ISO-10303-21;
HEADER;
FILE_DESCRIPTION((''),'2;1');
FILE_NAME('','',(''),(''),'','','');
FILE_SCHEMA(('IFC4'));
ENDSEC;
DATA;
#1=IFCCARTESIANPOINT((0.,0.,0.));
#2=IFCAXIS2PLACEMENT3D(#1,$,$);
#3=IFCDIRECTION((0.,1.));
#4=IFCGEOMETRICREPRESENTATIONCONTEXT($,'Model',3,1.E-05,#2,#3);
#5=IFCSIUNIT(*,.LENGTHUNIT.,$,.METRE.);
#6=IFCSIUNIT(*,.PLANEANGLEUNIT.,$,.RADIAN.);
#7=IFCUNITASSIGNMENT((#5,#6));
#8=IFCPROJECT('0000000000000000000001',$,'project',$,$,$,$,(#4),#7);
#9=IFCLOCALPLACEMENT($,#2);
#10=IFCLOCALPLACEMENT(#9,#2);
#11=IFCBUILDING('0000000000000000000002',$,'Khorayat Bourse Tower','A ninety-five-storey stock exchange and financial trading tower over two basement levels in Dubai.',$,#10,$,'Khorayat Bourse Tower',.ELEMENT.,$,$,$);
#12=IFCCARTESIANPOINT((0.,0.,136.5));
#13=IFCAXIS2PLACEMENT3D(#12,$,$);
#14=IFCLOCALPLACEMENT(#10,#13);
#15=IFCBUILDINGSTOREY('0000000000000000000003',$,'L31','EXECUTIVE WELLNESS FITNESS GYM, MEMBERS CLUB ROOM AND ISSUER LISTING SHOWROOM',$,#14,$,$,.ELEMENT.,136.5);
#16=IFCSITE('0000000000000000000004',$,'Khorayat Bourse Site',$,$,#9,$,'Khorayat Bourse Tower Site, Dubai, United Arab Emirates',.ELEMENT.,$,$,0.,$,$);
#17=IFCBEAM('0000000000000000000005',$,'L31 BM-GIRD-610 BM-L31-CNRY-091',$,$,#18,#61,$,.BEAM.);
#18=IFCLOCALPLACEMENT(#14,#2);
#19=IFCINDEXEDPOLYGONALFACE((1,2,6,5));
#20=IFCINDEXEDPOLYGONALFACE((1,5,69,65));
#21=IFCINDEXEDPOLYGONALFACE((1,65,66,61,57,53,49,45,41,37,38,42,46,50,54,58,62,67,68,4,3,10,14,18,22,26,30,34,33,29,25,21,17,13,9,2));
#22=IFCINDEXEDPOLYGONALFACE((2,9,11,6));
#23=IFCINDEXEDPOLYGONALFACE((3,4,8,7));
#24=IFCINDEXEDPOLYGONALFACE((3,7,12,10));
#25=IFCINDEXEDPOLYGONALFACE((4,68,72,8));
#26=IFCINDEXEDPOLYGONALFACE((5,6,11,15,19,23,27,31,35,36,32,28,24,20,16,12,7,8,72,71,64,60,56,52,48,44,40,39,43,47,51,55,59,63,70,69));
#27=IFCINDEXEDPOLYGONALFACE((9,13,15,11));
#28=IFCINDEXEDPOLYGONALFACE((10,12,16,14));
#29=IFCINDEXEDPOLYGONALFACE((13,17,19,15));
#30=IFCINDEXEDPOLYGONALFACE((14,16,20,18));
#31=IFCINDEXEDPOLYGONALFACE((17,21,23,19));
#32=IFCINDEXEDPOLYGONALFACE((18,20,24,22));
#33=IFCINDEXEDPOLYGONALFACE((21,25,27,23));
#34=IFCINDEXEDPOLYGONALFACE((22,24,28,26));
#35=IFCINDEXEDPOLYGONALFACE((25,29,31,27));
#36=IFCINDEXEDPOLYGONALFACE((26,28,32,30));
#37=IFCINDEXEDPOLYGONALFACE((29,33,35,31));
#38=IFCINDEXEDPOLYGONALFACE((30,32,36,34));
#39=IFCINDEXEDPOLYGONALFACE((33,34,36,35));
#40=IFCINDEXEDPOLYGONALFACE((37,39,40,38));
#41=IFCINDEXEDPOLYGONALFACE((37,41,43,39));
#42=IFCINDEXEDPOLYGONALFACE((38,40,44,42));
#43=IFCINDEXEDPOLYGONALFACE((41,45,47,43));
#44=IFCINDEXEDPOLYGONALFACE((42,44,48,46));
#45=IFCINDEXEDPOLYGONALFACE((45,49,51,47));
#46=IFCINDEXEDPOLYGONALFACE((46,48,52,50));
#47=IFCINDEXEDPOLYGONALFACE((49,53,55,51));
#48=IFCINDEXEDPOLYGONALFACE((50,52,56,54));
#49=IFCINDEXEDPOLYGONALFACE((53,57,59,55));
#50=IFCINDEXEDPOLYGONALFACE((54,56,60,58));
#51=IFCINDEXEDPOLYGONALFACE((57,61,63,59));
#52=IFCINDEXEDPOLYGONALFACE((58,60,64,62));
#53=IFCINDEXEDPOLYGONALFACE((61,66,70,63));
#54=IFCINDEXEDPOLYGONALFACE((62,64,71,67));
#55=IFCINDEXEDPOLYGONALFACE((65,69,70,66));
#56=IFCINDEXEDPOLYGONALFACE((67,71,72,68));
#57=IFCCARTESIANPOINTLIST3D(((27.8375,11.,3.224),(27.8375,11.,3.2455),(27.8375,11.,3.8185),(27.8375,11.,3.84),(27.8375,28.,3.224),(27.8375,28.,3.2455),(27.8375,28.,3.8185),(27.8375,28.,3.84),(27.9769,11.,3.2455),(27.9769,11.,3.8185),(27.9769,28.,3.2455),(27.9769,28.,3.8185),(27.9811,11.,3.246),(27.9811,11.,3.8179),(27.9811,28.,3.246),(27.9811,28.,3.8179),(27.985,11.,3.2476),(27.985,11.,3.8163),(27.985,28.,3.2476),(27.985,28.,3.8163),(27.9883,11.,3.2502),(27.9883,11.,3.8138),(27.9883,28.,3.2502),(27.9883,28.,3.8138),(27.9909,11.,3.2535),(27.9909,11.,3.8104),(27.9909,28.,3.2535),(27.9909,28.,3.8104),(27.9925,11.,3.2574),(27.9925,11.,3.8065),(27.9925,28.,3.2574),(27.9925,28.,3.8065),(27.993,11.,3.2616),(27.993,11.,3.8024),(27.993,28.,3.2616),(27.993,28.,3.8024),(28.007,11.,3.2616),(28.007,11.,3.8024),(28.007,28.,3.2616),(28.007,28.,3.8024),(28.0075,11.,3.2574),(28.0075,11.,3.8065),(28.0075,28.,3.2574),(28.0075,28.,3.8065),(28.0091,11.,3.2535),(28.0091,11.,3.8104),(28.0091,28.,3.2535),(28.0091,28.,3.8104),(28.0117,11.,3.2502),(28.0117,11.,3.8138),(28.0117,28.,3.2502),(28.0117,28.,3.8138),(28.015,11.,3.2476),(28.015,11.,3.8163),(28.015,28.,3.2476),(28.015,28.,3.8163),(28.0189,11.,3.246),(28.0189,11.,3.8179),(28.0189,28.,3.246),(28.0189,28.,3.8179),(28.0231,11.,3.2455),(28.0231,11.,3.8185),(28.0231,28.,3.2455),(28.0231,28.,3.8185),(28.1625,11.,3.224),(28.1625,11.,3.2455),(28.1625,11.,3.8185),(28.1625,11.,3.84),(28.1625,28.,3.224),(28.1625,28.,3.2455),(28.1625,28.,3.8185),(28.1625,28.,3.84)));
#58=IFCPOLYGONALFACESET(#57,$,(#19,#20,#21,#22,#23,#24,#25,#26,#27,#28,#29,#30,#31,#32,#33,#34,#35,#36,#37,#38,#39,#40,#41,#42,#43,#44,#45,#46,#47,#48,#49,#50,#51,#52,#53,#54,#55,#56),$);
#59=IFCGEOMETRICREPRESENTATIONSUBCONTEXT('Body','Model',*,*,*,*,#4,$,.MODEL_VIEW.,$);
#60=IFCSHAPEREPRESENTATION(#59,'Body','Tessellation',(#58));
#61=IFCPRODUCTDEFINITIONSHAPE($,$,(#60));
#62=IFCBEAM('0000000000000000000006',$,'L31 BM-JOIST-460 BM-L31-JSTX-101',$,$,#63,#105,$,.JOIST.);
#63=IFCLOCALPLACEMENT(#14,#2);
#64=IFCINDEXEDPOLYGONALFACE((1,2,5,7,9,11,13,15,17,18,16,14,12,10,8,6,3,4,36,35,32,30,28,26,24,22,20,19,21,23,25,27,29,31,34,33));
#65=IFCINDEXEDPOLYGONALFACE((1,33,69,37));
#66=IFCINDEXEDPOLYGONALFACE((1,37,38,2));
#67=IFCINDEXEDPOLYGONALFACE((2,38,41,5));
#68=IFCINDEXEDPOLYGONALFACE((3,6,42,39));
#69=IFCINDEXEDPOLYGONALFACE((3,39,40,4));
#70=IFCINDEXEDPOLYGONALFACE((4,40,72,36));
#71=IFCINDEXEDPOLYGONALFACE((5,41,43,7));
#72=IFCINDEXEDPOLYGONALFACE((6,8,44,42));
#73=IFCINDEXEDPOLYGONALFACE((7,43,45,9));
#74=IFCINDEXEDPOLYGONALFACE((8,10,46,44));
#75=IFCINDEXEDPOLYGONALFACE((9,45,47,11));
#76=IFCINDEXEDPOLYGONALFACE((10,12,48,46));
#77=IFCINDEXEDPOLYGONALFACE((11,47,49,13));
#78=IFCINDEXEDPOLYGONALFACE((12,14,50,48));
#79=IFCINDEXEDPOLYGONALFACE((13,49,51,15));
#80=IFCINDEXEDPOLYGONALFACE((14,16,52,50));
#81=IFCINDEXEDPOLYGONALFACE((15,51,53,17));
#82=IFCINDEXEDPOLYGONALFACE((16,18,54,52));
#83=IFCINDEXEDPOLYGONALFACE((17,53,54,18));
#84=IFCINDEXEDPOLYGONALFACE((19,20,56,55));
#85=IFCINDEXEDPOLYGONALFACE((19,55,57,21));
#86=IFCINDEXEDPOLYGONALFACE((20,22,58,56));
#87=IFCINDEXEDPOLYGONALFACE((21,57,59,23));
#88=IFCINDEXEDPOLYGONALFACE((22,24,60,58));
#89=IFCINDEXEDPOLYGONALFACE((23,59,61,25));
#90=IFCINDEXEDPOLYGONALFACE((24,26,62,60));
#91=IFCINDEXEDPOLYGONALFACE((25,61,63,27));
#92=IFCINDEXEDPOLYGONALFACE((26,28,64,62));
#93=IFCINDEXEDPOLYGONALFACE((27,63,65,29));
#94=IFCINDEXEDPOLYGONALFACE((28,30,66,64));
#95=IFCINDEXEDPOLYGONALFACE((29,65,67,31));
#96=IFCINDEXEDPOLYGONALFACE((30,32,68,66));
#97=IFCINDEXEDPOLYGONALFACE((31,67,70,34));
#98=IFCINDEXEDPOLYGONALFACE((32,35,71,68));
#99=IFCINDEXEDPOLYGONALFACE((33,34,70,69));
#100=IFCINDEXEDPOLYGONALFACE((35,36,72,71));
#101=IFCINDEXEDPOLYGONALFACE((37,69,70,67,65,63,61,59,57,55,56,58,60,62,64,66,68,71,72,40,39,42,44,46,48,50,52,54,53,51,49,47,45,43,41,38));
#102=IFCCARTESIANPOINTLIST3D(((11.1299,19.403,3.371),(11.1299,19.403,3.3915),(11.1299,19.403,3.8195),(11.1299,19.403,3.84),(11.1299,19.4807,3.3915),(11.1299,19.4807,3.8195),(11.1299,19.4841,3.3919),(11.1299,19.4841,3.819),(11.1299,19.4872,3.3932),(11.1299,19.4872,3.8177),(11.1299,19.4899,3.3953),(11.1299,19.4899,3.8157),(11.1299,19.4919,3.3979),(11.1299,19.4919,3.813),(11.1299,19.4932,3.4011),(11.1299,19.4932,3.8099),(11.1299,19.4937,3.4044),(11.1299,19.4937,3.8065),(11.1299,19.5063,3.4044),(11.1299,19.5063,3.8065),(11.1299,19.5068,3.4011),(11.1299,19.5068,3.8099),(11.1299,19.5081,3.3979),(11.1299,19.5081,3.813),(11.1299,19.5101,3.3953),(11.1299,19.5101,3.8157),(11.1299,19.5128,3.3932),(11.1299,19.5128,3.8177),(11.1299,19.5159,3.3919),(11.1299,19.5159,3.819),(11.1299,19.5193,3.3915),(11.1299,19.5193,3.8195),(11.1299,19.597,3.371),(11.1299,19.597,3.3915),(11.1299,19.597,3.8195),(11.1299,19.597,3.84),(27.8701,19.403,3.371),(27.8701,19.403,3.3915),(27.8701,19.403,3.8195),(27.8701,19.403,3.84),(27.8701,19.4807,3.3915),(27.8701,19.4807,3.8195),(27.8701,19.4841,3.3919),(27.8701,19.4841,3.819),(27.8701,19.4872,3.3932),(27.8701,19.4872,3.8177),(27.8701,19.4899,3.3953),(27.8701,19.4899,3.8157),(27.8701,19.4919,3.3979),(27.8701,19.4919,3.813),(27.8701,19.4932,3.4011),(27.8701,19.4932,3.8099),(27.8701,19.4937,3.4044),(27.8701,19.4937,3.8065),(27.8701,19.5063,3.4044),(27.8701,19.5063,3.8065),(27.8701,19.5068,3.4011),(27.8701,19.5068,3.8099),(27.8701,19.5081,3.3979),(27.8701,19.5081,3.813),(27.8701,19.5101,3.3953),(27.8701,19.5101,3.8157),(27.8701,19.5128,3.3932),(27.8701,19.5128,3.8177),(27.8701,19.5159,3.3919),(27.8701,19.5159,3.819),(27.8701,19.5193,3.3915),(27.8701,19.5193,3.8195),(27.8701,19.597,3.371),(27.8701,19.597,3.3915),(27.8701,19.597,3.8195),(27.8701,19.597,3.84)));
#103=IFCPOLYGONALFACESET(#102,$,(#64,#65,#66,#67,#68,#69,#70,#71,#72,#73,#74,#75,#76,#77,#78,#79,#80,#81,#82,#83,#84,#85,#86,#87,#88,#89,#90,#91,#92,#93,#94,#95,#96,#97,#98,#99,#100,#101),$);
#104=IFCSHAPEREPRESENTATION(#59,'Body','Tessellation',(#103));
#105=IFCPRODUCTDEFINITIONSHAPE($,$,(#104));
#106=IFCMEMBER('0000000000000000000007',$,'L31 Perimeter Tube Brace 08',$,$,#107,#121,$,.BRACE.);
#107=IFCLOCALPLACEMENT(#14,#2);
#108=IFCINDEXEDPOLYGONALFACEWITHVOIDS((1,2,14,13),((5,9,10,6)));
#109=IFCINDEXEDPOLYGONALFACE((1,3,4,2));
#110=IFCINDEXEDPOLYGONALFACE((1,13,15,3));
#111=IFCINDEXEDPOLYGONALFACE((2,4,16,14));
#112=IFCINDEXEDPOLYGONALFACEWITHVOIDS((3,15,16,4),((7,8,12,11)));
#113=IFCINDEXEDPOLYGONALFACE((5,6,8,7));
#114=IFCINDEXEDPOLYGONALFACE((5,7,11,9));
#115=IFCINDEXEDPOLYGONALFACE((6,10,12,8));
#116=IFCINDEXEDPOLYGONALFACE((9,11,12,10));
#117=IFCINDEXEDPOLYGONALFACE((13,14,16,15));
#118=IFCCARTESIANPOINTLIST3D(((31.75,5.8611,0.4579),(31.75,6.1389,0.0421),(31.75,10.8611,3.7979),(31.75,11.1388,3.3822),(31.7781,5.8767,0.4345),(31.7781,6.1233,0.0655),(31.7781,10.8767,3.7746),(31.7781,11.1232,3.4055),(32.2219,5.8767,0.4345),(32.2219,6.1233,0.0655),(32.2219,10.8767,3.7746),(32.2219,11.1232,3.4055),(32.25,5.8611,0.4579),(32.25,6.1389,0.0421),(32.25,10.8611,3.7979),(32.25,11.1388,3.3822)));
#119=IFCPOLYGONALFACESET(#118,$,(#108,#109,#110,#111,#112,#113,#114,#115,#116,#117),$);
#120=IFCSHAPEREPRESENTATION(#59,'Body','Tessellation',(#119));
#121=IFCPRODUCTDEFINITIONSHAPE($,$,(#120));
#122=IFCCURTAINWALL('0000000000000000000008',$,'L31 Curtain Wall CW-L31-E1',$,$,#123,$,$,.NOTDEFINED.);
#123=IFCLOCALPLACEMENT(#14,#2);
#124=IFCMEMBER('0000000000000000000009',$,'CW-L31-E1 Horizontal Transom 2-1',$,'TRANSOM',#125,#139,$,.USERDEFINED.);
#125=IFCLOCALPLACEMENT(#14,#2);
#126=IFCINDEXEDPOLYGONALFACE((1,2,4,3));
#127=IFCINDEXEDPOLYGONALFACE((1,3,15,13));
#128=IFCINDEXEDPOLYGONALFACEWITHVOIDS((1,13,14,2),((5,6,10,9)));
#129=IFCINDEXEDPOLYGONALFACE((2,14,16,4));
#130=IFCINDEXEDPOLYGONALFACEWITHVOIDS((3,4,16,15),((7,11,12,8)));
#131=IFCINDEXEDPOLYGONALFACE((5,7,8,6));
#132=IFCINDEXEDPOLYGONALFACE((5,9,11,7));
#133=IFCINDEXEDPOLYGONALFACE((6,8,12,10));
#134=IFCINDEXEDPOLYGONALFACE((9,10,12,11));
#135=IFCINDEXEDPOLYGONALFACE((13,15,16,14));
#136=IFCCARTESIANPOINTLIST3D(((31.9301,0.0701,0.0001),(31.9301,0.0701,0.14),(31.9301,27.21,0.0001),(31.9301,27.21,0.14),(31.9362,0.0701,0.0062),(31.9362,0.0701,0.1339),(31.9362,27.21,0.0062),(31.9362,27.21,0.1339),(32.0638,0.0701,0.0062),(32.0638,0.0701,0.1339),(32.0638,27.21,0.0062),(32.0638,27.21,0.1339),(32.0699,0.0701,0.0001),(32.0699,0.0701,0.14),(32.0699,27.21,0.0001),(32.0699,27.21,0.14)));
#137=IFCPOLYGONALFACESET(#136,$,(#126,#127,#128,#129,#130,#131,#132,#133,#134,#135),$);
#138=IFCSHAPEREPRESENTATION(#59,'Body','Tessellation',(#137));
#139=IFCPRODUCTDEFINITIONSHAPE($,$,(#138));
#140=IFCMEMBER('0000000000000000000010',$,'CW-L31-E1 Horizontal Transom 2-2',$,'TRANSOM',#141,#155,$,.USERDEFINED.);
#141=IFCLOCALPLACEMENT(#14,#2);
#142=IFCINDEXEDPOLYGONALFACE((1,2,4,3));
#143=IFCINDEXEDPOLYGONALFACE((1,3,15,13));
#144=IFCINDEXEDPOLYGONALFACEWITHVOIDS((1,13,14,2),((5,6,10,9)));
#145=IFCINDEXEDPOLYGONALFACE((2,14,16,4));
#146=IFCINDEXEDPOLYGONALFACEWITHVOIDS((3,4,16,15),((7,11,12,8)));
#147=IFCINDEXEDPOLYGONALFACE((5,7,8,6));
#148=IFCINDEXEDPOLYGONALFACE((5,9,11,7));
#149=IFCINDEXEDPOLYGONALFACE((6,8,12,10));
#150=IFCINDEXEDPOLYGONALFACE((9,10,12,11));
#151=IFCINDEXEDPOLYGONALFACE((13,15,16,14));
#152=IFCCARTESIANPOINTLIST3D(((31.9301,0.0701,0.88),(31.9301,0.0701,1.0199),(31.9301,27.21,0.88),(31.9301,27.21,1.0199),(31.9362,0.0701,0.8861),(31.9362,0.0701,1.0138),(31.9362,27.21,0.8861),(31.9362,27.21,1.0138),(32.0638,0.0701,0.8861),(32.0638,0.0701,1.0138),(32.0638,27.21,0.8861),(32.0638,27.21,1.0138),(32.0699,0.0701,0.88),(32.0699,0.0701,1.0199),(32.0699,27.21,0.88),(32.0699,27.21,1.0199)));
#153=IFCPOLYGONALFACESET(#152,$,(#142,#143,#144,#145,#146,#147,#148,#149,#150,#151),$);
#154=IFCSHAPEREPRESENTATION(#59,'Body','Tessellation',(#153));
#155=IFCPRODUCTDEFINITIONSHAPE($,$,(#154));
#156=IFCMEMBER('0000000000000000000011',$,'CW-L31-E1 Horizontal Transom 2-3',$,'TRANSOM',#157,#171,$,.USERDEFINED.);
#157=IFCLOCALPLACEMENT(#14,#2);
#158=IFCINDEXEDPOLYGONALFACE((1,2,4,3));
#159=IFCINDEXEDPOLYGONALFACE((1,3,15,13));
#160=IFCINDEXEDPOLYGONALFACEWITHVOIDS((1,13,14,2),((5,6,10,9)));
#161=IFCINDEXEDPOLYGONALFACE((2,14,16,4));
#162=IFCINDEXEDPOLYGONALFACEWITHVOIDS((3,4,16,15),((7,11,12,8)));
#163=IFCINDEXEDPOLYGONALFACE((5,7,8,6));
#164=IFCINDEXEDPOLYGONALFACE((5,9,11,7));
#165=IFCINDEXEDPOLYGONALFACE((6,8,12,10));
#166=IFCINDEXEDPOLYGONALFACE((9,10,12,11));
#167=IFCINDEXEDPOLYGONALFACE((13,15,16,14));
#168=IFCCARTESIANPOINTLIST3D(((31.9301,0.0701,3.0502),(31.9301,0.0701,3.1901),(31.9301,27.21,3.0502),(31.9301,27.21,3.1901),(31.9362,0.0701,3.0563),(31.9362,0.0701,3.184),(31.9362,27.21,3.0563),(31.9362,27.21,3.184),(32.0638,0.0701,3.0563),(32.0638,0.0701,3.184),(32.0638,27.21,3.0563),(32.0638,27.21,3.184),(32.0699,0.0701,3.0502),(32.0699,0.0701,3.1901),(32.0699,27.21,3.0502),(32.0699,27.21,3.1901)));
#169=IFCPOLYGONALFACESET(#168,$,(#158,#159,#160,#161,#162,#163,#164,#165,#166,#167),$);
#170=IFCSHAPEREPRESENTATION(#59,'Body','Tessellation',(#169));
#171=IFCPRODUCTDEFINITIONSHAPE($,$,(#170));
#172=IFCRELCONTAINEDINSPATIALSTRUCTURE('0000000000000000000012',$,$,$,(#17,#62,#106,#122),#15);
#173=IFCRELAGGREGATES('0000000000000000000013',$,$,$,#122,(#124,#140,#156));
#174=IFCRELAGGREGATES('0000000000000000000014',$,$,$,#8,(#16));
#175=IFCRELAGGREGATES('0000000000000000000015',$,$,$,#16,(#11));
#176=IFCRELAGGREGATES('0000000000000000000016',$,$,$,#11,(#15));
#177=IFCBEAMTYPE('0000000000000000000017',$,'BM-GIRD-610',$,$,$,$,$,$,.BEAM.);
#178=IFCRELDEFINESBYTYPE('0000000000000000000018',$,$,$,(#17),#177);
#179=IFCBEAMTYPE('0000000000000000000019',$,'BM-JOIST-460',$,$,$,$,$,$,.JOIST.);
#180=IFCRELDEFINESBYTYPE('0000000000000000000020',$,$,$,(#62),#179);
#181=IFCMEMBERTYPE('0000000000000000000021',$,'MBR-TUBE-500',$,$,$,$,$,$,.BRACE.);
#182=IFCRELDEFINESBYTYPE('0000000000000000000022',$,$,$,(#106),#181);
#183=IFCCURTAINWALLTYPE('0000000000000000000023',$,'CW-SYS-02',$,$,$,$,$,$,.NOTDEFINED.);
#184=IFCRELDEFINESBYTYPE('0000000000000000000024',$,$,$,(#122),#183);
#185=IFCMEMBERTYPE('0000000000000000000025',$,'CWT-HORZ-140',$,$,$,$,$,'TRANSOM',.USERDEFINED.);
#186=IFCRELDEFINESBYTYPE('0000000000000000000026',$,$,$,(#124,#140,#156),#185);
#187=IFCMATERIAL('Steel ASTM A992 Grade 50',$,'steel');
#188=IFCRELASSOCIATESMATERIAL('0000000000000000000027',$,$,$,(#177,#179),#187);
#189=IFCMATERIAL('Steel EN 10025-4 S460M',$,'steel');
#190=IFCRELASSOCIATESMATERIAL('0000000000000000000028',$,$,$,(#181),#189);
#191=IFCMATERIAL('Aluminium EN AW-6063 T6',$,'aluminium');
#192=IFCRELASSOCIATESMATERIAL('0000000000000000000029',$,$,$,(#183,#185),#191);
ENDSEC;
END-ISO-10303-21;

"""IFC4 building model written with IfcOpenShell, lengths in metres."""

from ifc_helpers import new_model, si_unit, direction, frame, origin, origin_2d, place, context, subcontext, project, spatial, hollow_rectangle, i_section, extrude, source, transform, mapped, material, material_profile, profile_set, type_object, element, aggregate, save


model = new_model("IFC4")

# Units and contexts
model_context = context("Model", 3, precision=1e-05, world=origin(), true_north=direction((0.0, 1.0)))
body_context = subcontext(model_context, "Body", "Model", "MODEL_VIEW")
ifc_project = project(units=[si_unit("LENGTHUNIT", "METRE"), si_unit("PLANEANGLEUNIT", "RADIAN")], contexts=[model_context])

# Site, building, storey
site_placement = place(None, origin())
site = spatial("IfcSite", under=ifc_project, at=site_placement, Name="Khorayat Bourse Site", LongName="Khorayat Bourse Tower Site, Dubai, United Arab Emirates", CompositionType="ELEMENT", RefElevation=0.0)
building_placement = place(site_placement, origin())
building = spatial("IfcBuilding", under=site, at=building_placement, Name="Khorayat Bourse Tower", Description="A ninety-five-storey stock exchange and financial trading tower over two basement levels in Dubai.", LongName="Khorayat Bourse Tower", CompositionType="ELEMENT")
storey_placement = place(building_placement, frame((0.0, 0.0, 136.5)))
storey = spatial("IfcBuildingStorey", under=building, at=storey_placement, Name="L31", Description="EXECUTIVE WELLNESS FITNESS GYM, MEMBERS CLUB ROOM AND ISSUER LISTING SHOWROOM", CompositionType="ELEMENT", Elevation=136.5)

# Shared definitions
ifc_material_1 = material(Name="Steel EN 10025-4 S460M", Category="steel")

# Beams
ifc_material_2 = material(Name="Steel ASTM A992 Grade 50", Category="steel")
ifc_material_profile_1 = material_profile(ifc_material_2, i_section(OverallWidth=0.325, OverallDepth=0.616, WebThickness=0.0139, FlangeThickness=0.0215, FilletRadius=0.0161, at=origin_2d()), Name="W610X174")
ifc_profile_set_1 = profile_set([ifc_material_profile_1], Name="Steel ASTM A992 Grade 50")
beam_type_1 = type_object("IfcBeamType", Name="BM-GIRD-610", PredefinedType="BEAM", material=ifc_profile_set_1)
ifc_material_profile_2 = material_profile(ifc_material_2, i_section(OverallWidth=0.1941, OverallDepth=0.469, WebThickness=0.0127, FlangeThickness=0.0205, FilletRadius=0.0129, at=origin_2d()), Name="W460X106")
ifc_profile_set_2 = profile_set([ifc_material_profile_2], Name="Steel ASTM A992 Grade 50")
beam_type_2 = type_object("IfcBeamType", Name="BM-JOIST-460", PredefinedType="JOIST", material=ifc_profile_set_2)
shared_shape_1 = source(origin(), body_context, "Body", "SweptSolid", [
    extrude(i_section(OverallWidth=0.325, OverallDepth=0.616, WebThickness=0.0139, FlangeThickness=0.0215, FilletRadius=0.0161, at=origin_2d()), origin(), (0.0, 0.0, 1.0), 17.0),
])
beam_1_placement = place(storey_placement, frame((28.0, 11.0, 3.532), z_axis=(0.0, 1.0, 0.0), x_axis=(-1.0, 0.0, 0.0)))
element("IfcBeam", 1, at=beam_1_placement, inside=storey, type_object=beam_type_1, Name="L31 BM-GIRD-610 BM-L31-CNRY-091", PredefinedType="BEAM", context=body_context, shape_type="MappedRepresentation", body=[
    mapped(shared_shape_1, transform((0.0, 0.0, 0.0), scale=1.0)),
])
shared_shape_2 = source(origin(), body_context, "Body", "SweptSolid", [
    extrude(i_section(OverallWidth=0.1941, OverallDepth=0.469, WebThickness=0.0127, FlangeThickness=0.0205, FilletRadius=0.0129, at=origin_2d()), origin(), (0.0, 0.0, 1.0), 16.7402),
])
beam_2_placement = place(storey_placement, frame((11.1299, 19.5, 3.6055), z_axis=(1.0, 0.0, 0.0), x_axis=(0.0, 1.0, 0.0)))
element("IfcBeam", 2, at=beam_2_placement, inside=storey, type_object=beam_type_2, Name="L31 BM-JOIST-460 BM-L31-JSTX-101", PredefinedType="JOIST", context=body_context, shape_type="MappedRepresentation", body=[
    mapped(shared_shape_2, transform((0.0, 0.0, 0.0), scale=1.0)),
])

# Member
ifc_material_profile_3 = material_profile(ifc_material_1, hollow_rectangle(XDim=0.5, YDim=0.5, WallThickness=0.0281, at=origin_2d()), Name="HSS 500x500x28")
ifc_profile_set_3 = profile_set([ifc_material_profile_3], Name="Steel EN 10025-4 S460M")
member_type_1 = type_object("IfcMemberType", Name="MBR-TUBE-500", PredefinedType="BRACE", material=ifc_profile_set_3)
shared_shape_3 = source(origin(), body_context, "Body", "SweptSolid", [
    extrude(hollow_rectangle(XDim=0.5, YDim=0.5, WallThickness=0.0281, at=origin_2d()), origin(), (0.0, 0.0, 1.0), 6.0129),
])
member_1_placement = place(storey_placement, frame((32.0, 6.0, 0.25), z_axis=(0.0, 0.831531, 0.555478), x_axis=(-1.0, 0.0, 0.0)))
element("IfcMember", 3, at=member_1_placement, inside=storey, type_object=member_type_1, Name="L31 Perimeter Tube Brace 08", PredefinedType="BRACE", context=body_context, shape_type="MappedRepresentation", body=[
    mapped(shared_shape_3, transform((0.0, 0.0, 0.0), scale=1.0)),
])

# Curtain wall, members
ifc_material_3 = material(Name="Aluminium EN AW-6063 T6", Category="aluminium")
curtain_wall_type = type_object("IfcCurtainWallType", Name="CW-SYS-02", PredefinedType="NOTDEFINED", material=ifc_material_3)
curtain_wall_placement = place(storey_placement, origin())
curtain_wall = element("IfcCurtainWall", 4, at=curtain_wall_placement, inside=storey, type_object=curtain_wall_type, Name="L31 Curtain Wall CW-L31-E1", PredefinedType="NOTDEFINED")
ifc_material_profile_4 = material_profile(ifc_material_3, hollow_rectangle(XDim=0.1399, YDim=0.1399, WallThickness=0.0061, at=origin_2d()), Name="ALU 140x140x6")
ifc_profile_set_4 = profile_set([ifc_material_profile_4], Name="Aluminium EN AW-6063 T6")
member_type_2 = type_object("IfcMemberType", Name="CWT-HORZ-140", ElementType="TRANSOM", PredefinedType="USERDEFINED", material=ifc_profile_set_4)
shared_shape_4 = source(origin(), body_context, "Body", "SweptSolid", [
    extrude(hollow_rectangle(XDim=0.1399, YDim=0.1399, WallThickness=0.0061, at=origin_2d()), origin(), (0.0, 0.0, 1.0), 27.1399),
])
member_2_placement = place(storey_placement, frame((32.0, 0.0701, 0.0701), z_axis=(0.0, 1.0, 0.0), x_axis=(-1.0, 0.0, 0.0)))
member_2 = element("IfcMember", 5, at=member_2_placement, type_object=member_type_2, Name="CW-L31-E1 Horizontal Transom 2-1", ObjectType="TRANSOM", PredefinedType="USERDEFINED", context=body_context, shape_type="MappedRepresentation", body=[
    mapped(shared_shape_4, transform((0.0, 0.0, 0.0), scale=1.0)),
])
member_3_placement = place(storey_placement, frame((32.0, 0.0701, 0.95), z_axis=(0.0, 1.0, 0.0), x_axis=(-1.0, 0.0, 0.0)))
member_3 = element("IfcMember", 6, at=member_3_placement, type_object=member_type_2, Name="CW-L31-E1 Horizontal Transom 2-2", ObjectType="TRANSOM", PredefinedType="USERDEFINED", context=body_context, shape_type="MappedRepresentation", body=[
    mapped(shared_shape_4, transform((0.0, 0.0, 0.0), scale=1.0)),
])
member_4_placement = place(storey_placement, frame((32.0, 0.0701, 3.1201), z_axis=(0.0, 1.0, 0.0), x_axis=(-1.0, 0.0, 0.0)))
member_4 = element("IfcMember", 7, at=member_4_placement, type_object=member_type_2, Name="CW-L31-E1 Horizontal Transom 2-3", ObjectType="TRANSOM", PredefinedType="USERDEFINED", context=body_context, shape_type="MappedRepresentation", body=[
    mapped(shared_shape_4, transform((0.0, 0.0, 0.0), scale=1.0)),
])

aggregate(curtain_wall, [member_2, member_3, member_4])

save(model, "model.ifc")
